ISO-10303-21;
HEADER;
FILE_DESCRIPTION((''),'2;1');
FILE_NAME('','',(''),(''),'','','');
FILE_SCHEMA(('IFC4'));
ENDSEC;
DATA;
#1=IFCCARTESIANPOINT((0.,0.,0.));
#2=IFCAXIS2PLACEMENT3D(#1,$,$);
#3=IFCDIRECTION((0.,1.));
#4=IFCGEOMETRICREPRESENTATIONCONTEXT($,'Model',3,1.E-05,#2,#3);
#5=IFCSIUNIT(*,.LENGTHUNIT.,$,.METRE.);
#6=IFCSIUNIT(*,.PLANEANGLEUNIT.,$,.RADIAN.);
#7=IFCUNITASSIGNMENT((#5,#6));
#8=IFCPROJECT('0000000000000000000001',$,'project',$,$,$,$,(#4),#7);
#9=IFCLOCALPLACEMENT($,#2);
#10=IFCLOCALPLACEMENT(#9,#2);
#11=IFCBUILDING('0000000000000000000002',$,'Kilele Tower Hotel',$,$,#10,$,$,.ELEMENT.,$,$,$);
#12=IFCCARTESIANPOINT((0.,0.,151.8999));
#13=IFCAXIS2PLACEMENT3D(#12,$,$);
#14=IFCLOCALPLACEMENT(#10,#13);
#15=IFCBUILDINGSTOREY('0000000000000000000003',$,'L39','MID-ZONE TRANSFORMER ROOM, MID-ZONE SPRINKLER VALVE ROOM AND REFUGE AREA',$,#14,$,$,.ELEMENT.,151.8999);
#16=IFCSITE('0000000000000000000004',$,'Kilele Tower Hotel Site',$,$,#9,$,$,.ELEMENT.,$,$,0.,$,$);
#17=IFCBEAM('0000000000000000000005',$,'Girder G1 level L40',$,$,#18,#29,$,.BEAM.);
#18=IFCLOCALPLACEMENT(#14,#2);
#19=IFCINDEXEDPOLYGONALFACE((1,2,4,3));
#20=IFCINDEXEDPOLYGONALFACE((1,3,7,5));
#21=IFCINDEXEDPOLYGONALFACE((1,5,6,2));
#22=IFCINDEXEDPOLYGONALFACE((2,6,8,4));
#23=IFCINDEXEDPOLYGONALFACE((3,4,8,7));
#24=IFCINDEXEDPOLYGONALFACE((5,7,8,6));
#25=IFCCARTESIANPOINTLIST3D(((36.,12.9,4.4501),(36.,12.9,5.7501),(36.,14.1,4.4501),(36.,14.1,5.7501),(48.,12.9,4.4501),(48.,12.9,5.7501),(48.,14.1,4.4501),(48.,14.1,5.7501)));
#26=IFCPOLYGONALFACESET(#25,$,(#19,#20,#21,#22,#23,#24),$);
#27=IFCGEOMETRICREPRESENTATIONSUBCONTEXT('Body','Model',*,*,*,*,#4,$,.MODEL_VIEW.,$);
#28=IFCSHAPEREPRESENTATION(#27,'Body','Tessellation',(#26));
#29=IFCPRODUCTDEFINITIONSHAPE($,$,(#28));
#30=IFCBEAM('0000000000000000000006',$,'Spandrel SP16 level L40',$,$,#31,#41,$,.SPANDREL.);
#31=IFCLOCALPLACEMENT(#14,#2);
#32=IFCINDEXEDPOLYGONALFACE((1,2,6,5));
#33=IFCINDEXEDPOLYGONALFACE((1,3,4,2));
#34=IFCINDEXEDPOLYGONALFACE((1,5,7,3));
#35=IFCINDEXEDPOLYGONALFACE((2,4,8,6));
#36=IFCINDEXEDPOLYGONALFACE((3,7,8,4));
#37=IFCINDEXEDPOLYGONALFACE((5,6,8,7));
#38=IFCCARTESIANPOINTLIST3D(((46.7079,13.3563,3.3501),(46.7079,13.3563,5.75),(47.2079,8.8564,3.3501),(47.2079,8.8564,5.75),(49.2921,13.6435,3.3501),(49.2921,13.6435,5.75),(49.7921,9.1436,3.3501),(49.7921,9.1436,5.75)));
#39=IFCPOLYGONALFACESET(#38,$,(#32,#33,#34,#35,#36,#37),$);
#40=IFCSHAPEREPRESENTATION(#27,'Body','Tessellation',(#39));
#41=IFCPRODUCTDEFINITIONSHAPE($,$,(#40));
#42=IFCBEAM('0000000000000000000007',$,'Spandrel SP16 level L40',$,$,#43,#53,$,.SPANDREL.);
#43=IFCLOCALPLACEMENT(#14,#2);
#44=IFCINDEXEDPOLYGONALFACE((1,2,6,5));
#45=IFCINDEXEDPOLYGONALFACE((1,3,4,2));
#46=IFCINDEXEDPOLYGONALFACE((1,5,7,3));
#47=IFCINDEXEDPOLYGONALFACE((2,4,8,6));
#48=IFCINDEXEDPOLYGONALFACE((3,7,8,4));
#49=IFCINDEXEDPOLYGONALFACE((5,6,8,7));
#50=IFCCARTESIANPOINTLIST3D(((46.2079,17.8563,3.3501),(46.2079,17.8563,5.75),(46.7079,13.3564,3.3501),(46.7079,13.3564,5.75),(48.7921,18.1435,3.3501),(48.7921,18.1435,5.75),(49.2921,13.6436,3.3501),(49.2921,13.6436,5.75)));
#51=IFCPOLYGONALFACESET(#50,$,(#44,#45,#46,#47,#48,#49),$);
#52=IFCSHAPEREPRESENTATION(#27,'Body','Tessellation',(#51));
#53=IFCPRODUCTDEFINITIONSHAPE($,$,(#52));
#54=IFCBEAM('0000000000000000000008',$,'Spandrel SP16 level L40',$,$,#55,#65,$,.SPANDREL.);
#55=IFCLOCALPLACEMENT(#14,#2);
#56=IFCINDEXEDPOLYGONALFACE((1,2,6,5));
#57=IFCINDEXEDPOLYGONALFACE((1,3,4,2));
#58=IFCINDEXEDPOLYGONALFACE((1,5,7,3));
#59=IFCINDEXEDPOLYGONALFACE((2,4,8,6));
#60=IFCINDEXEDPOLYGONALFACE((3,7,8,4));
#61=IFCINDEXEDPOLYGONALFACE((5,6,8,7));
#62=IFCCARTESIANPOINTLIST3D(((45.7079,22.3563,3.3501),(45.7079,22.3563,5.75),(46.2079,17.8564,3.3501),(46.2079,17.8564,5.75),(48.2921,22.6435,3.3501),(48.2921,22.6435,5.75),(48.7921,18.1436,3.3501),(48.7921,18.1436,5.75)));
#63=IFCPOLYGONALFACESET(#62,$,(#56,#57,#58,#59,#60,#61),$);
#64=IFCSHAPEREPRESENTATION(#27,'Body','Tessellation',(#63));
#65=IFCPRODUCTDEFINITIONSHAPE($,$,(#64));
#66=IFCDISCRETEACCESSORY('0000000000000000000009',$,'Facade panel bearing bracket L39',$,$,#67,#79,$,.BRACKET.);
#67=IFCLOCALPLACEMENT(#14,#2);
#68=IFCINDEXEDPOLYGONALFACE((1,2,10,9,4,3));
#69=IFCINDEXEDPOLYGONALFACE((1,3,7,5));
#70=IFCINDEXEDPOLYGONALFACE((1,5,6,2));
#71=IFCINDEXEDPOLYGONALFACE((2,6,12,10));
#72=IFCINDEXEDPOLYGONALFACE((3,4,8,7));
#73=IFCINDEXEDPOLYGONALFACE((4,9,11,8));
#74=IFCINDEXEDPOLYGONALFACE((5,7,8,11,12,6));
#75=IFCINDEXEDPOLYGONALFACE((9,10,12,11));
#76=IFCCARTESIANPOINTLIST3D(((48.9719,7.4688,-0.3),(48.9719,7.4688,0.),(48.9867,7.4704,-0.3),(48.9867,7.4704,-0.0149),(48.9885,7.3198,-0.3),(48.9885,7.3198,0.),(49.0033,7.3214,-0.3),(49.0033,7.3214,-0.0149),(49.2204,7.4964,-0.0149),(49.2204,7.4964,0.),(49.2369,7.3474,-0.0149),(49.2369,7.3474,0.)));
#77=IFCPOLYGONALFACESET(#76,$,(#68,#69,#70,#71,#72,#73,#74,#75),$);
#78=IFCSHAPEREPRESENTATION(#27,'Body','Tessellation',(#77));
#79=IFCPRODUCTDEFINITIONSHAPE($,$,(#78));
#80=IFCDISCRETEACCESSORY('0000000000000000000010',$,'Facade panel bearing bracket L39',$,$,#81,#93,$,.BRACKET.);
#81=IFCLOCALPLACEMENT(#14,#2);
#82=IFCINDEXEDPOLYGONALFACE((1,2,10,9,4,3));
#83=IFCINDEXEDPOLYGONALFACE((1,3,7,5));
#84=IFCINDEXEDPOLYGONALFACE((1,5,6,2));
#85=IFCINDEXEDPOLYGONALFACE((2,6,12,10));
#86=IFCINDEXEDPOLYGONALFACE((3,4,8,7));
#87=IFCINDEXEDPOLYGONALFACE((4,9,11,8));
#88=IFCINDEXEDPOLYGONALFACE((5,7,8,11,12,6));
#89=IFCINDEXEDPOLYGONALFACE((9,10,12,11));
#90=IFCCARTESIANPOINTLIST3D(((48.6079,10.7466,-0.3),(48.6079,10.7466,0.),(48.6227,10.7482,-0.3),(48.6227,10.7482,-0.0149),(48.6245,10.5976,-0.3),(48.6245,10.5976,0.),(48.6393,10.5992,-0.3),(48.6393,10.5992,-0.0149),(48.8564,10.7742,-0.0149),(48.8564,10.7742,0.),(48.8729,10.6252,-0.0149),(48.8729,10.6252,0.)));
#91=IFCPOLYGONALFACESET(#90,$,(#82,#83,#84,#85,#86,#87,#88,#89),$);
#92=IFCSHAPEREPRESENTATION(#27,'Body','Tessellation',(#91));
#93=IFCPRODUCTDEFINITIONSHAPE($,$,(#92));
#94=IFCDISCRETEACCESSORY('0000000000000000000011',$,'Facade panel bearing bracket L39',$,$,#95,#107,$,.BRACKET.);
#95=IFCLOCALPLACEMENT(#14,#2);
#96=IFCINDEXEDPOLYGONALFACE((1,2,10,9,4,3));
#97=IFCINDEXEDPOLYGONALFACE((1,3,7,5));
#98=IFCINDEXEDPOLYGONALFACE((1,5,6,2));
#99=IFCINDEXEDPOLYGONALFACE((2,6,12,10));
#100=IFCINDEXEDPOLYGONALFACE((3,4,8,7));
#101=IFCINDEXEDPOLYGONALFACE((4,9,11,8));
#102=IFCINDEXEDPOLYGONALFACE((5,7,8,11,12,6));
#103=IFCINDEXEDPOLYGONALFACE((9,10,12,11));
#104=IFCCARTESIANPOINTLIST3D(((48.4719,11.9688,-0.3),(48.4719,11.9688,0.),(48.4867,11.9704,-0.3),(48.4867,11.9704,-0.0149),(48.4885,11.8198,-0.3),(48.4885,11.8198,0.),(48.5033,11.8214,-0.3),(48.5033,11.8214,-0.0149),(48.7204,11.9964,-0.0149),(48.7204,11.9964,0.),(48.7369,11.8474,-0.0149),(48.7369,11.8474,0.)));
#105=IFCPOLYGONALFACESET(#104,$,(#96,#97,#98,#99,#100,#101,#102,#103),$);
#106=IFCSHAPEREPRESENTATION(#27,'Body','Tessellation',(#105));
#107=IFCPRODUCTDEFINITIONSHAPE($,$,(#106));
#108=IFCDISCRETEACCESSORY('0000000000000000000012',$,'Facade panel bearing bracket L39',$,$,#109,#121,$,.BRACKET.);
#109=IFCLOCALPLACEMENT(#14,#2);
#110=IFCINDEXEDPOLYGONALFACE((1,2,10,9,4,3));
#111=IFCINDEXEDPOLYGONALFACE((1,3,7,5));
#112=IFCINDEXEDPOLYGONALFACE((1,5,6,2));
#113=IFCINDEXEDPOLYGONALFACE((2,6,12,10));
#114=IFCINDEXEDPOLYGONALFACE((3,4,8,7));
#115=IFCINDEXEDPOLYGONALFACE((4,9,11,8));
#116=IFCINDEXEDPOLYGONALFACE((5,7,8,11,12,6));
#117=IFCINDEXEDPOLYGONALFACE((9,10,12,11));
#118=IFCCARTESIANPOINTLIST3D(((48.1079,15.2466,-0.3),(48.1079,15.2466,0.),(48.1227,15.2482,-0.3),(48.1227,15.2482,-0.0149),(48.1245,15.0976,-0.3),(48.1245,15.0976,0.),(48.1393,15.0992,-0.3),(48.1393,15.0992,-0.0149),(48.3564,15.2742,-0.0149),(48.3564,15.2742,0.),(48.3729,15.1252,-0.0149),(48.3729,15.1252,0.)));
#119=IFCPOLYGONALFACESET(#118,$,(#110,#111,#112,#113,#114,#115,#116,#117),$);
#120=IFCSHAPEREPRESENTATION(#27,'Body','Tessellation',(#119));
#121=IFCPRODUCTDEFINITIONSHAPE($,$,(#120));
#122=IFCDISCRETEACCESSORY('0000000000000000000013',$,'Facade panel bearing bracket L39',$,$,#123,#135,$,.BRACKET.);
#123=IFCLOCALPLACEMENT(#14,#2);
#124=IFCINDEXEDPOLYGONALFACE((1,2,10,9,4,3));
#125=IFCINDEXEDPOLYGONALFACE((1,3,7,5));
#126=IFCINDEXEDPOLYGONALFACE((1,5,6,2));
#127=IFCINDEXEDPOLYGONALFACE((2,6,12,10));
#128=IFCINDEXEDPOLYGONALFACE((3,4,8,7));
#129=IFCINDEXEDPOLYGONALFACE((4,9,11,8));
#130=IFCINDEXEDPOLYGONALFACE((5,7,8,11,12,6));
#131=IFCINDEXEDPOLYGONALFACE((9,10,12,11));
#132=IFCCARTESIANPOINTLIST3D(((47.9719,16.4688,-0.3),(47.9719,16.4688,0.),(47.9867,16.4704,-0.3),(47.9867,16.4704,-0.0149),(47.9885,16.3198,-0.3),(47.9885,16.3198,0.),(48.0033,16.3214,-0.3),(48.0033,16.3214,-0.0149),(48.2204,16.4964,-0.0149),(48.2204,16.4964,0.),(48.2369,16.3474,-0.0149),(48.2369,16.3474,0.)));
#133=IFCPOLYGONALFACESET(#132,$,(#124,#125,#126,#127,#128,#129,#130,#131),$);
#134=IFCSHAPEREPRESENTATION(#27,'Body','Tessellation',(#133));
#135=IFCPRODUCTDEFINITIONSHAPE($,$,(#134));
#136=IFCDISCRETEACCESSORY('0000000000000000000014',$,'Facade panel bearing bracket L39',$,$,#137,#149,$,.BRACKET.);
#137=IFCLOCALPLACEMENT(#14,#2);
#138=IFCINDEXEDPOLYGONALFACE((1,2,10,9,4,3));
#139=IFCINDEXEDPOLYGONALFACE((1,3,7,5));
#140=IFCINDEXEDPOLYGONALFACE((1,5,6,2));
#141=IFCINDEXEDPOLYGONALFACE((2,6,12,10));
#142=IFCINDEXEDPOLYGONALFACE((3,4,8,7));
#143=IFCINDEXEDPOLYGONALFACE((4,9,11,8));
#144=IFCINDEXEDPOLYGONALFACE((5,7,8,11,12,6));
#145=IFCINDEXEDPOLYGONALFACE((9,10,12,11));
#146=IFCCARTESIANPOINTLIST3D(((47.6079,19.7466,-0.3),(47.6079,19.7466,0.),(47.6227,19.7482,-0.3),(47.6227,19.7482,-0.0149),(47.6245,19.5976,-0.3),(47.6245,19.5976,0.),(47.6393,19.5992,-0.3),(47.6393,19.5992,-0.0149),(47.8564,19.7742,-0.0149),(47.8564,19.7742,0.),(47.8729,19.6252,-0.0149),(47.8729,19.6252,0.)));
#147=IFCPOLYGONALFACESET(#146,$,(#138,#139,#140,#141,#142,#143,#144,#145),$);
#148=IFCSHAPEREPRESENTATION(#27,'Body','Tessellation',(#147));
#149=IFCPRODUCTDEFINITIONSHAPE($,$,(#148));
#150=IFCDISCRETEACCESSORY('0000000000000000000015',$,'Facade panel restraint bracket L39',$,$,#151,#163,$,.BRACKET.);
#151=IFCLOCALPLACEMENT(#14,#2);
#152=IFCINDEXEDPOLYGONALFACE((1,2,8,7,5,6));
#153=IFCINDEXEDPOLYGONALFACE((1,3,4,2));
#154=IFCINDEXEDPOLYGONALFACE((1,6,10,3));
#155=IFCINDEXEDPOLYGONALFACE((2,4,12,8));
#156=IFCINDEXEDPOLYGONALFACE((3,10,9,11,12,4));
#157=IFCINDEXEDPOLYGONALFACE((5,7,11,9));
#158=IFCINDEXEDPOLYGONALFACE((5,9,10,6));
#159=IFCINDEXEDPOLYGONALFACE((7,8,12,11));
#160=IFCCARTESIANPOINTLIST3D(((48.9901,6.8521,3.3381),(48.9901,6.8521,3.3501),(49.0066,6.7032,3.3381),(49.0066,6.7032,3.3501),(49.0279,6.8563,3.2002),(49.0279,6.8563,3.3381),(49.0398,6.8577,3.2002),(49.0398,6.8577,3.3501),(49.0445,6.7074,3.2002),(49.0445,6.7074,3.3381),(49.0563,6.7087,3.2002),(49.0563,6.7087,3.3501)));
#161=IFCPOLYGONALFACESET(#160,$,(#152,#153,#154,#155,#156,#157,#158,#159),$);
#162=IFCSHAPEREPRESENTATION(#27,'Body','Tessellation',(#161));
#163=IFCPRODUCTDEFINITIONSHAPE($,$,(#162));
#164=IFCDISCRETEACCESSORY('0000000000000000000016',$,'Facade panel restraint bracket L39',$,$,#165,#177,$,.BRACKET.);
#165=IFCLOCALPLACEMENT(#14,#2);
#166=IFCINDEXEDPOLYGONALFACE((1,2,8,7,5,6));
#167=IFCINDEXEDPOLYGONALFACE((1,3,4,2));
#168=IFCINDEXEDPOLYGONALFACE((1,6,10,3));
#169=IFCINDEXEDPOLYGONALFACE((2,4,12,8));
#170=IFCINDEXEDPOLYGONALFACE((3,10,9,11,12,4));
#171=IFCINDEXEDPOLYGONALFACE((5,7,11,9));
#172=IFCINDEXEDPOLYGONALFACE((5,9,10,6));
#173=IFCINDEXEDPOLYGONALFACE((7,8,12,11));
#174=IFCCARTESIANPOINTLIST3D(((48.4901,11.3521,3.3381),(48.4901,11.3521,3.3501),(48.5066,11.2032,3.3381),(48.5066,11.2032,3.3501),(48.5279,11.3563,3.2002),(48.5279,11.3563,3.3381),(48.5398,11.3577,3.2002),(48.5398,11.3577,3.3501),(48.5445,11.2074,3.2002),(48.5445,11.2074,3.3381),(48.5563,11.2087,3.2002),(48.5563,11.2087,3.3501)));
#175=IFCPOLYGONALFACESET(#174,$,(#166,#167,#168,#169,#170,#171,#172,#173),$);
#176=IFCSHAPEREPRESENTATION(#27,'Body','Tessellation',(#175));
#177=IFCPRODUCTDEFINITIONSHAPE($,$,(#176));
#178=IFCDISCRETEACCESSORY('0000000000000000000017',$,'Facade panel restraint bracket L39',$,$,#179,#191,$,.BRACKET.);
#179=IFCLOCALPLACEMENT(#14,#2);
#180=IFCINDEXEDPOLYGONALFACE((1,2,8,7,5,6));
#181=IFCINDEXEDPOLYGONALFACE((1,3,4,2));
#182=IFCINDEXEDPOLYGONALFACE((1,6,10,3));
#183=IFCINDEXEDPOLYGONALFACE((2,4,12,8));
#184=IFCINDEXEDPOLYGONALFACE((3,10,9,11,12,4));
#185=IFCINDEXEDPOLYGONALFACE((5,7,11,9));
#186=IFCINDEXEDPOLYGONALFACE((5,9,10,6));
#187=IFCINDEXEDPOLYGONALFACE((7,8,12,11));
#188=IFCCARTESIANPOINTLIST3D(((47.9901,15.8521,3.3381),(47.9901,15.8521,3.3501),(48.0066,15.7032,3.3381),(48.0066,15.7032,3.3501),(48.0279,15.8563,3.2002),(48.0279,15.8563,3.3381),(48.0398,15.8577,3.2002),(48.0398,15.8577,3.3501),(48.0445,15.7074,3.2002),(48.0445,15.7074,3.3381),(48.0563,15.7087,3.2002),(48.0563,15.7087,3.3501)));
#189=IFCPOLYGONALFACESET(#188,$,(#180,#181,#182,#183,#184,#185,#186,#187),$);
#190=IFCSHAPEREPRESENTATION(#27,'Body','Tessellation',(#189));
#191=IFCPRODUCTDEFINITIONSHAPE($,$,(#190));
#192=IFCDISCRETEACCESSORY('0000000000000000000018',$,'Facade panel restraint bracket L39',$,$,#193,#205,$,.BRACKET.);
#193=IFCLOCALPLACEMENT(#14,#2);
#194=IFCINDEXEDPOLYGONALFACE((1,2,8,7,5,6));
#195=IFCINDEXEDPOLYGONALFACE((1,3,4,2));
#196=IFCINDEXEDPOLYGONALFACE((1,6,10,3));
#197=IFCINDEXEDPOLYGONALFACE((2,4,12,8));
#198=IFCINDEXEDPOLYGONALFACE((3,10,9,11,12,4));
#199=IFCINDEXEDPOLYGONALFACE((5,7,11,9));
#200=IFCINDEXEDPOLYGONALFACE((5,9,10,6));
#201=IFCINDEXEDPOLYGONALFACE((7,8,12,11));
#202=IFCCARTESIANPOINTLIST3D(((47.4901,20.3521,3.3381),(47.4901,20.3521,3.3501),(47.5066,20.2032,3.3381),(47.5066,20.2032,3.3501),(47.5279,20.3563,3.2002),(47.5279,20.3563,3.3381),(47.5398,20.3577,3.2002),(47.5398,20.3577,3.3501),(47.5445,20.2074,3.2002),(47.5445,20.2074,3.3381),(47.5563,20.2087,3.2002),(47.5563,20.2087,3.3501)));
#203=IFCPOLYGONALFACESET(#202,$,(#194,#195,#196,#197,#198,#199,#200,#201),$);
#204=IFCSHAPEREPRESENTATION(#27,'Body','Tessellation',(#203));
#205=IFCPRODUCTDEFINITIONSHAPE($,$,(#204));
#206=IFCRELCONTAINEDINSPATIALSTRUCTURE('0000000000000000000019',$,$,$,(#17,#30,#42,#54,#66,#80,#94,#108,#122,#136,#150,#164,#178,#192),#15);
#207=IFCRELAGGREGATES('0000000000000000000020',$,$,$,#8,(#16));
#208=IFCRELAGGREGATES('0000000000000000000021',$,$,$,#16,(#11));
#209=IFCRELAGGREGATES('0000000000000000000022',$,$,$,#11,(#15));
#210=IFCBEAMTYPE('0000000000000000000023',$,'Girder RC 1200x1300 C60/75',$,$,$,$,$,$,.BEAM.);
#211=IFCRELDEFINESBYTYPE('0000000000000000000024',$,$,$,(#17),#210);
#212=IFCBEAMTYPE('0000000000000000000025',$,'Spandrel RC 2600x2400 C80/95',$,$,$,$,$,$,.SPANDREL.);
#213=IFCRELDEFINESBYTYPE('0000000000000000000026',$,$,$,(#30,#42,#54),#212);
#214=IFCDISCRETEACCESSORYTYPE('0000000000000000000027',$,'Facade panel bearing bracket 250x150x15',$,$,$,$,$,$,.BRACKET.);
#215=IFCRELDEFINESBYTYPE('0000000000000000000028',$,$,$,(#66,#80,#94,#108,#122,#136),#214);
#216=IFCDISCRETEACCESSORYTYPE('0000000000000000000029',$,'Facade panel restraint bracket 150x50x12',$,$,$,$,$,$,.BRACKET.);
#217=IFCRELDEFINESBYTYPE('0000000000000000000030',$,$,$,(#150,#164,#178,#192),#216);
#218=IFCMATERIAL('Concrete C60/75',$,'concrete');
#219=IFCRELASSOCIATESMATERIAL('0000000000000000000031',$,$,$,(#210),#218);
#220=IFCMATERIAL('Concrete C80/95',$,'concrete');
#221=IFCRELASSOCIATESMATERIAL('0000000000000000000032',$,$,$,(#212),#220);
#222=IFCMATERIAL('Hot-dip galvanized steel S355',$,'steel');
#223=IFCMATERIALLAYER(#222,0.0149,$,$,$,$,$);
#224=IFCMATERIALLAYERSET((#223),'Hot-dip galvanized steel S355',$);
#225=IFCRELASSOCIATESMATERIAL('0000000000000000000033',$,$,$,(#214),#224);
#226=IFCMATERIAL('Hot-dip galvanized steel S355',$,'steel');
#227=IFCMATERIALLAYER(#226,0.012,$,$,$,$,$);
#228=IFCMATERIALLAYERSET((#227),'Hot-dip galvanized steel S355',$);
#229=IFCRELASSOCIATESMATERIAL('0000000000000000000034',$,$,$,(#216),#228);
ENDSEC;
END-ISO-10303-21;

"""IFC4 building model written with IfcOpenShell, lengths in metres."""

from ifc_helpers import new_model, si_unit, direction, frame, origin, origin_2d, place, context, subcontext, project, spatial, polyline, rectangle, outline, extrude, source, transform, mapped, material, layer, layer_set, material_profile, profile_set, type_object, element, save


model = new_model("IFC4")

# Units and contexts
model_context = context("Model", 3, precision=1e-05, world=origin(), true_north=direction((0.0, 1.0)))
body_context = subcontext(model_context, "Body", "Model", "MODEL_VIEW")
ifc_project = project(units=[si_unit("LENGTHUNIT", "METRE"), si_unit("PLANEANGLEUNIT", "RADIAN")], contexts=[model_context])

# Site, building, storey
site_placement = place(None, origin())
site = spatial("IfcSite", under=ifc_project, at=site_placement, Name="Kilele Tower Hotel Site", CompositionType="ELEMENT", RefElevation=0.0)
building_placement = place(site_placement, origin())
building = spatial("IfcBuilding", under=site, at=building_placement, Name="Kilele Tower Hotel", CompositionType="ELEMENT")
storey_placement = place(building_placement, frame((0.0, 0.0, 151.8999)))
storey = spatial("IfcBuildingStorey", under=building, at=storey_placement, Name="L39", Description="MID-ZONE TRANSFORMER ROOM, MID-ZONE SPRINKLER VALVE ROOM AND REFUGE AREA", CompositionType="ELEMENT", Elevation=151.8999)

# Beams
ifc_material_1 = material(Name="Concrete C60/75", Category="concrete")
ifc_material_profile_1 = material_profile(ifc_material_1, rectangle(XDim=1.2, YDim=1.3, at=origin_2d()))
ifc_profile_set_1 = profile_set([ifc_material_profile_1], Name="Concrete C60/75")
beam_type_1 = type_object("IfcBeamType", Name="Girder RC 1200x1300 C60/75", PredefinedType="BEAM", material=ifc_profile_set_1)
beam_1_placement = place(storey_placement, frame((48.0, 13.5, 5.1001), z_axis=(-1.0, 0.0, 0.0), x_axis=(0.0, -1.0, 0.0)))
element("IfcBeam", 1, at=beam_1_placement, inside=storey, type_object=beam_type_1, Name="Girder G1 level L40", PredefinedType="BEAM", context=body_context, shape_type="SweptSolid", body=[
    extrude(rectangle(XDim=1.2, YDim=1.3, at=origin_2d()), origin(), (0.0, 0.0, 1.0), 12.0),
])
ifc_material_2 = material(Name="Concrete C80/95", Category="concrete")
ifc_material_profile_2 = material_profile(ifc_material_2, rectangle(XDim=2.6001, YDim=2.3999, at=origin_2d()))
ifc_profile_set_2 = profile_set([ifc_material_profile_2], Name="Concrete C80/95")
beam_type_2 = type_object("IfcBeamType", Name="Spandrel RC 2600x2400 C80/95", PredefinedType="SPANDREL", material=ifc_profile_set_2)
for number, where, z_axis, x_axis, name in (
    (2, (48.5, 9.0, 4.55), (-0.110432, 0.993884, 0.0), (-0.993884, -0.110432, 0.0), "Spandrel SP16 level L40"),
    (3, (48.0, 13.5, 4.55), (-0.110432, 0.993884, 0.0), (-0.993884, -0.110432, 0.0), "Spandrel SP16 level L40"),
    (4, (47.5, 18.0, 4.55), (-0.110432, 0.993884, 0.0), (-0.993884, -0.110432, 0.0), "Spandrel SP16 level L40"),
):
    element("IfcBeam", number, at=place(storey_placement, frame(where, z_axis=z_axis, x_axis=x_axis)), inside=storey, type_object=beam_type_2, Name=name, PredefinedType="SPANDREL", context=body_context, shape_type="SweptSolid", body=[
        extrude(rectangle(XDim=2.6001, YDim=2.3999, at=origin_2d()), origin(), (0.0, 0.0, 1.0), 4.5276),
    ])

# Discrete accessories
ifc_material_3 = material(Name="Hot-dip galvanized steel S355", Category="steel")
ifc_layer_1 = layer(ifc_material_3, 0.0149)
ifc_layer_set_1 = layer_set([ifc_layer_1], Name="Hot-dip galvanized steel S355")
discrete_accessory_type_1 = type_object("IfcDiscreteAccessoryType", Name="Facade panel bearing bracket 250x150x15", PredefinedType="BRACKET", material=ifc_layer_set_1)
shared_shape_1 = source(origin(), body_context, "Body", "SweptSolid", [
    extrude(outline(polyline([(0.0, 0.0), (0.25, 0.0), (0.25, -0.0149), (0.0149, -0.0149), (0.0149, -0.3), (0.0, -0.3), (0.0, 0.0)])), origin(), (0.0, 0.0, 1.0), 0.1499),
])
for number, where, z_axis, x_axis, name in (
    (5, (48.9719, 7.4688, 0.0), (0.110432, -0.993884, 0.0), (0.993884, 0.110432, 0.0), "Facade panel bearing bracket L39"),
    (6, (48.6079, 10.7466, 0.0), (0.110432, -0.993884, 0.0), (0.993884, 0.110432, 0.0), "Facade panel bearing bracket L39"),
    (7, (48.4719, 11.9688, 0.0), (0.110432, -0.993884, 0.0), (0.993884, 0.110432, 0.0), "Facade panel bearing bracket L39"),
    (8, (48.1079, 15.2466, 0.0), (0.110432, -0.993884, 0.0), (0.993884, 0.110432, 0.0), "Facade panel bearing bracket L39"),
    (9, (47.9719, 16.4688, 0.0), (0.110432, -0.993884, 0.0), (0.993884, 0.110432, 0.0), "Facade panel bearing bracket L39"),
    (10, (47.6079, 19.7466, 0.0), (0.110432, -0.993884, 0.0), (0.993884, 0.110432, 0.0), "Facade panel bearing bracket L39"),
):
    element("IfcDiscreteAccessory", number, at=place(storey_placement, frame(where, z_axis=z_axis, x_axis=x_axis)), inside=storey, type_object=discrete_accessory_type_1, Name=name, PredefinedType="BRACKET", context=body_context, shape_type="MappedRepresentation", body=[
        mapped(shared_shape_1, transform((0.0, 0.0, 0.0))),
    ])
ifc_material_4 = material(Name="Hot-dip galvanized steel S355", Category="steel")
ifc_layer_2 = layer(ifc_material_4, 0.012)
ifc_layer_set_2 = layer_set([ifc_layer_2], Name="Hot-dip galvanized steel S355")
discrete_accessory_type_2 = type_object("IfcDiscreteAccessoryType", Name="Facade panel restraint bracket 150x50x12", PredefinedType="BRACKET", material=ifc_layer_set_2)
shared_shape_2 = source(origin(), body_context, "Body", "SweptSolid", [
    extrude(outline(polyline([(0.0, 0.0), (0.0, -0.1499), (-0.012, -0.1499), (-0.012, -0.012), (-0.05, -0.012), (-0.05, 0.0), (0.0, 0.0)])), origin(), (0.0, 0.0, 1.0), 0.1499),
])
for number, where, z_axis, x_axis, name in (
    (11, (49.0398, 6.8577, 3.3501), (0.110432, -0.993884, 0.0), (0.993884, 0.110432, 0.0), "Facade panel restraint bracket L39"),
    (12, (48.5398, 11.3577, 3.3501), (0.110432, -0.993884, 0.0), (0.993884, 0.110432, 0.0), "Facade panel restraint bracket L39"),
    (13, (48.0398, 15.8577, 3.3501), (0.110432, -0.993884, 0.0), (0.993884, 0.110432, 0.0), "Facade panel restraint bracket L39"),
    (14, (47.5398, 20.3577, 3.3501), (0.110432, -0.993884, 0.0), (0.993884, 0.110432, 0.0), "Facade panel restraint bracket L39"),
):
    element("IfcDiscreteAccessory", number, at=place(storey_placement, frame(where, z_axis=z_axis, x_axis=x_axis)), inside=storey, type_object=discrete_accessory_type_2, Name=name, PredefinedType="BRACKET", context=body_context, shape_type="MappedRepresentation", body=[
        mapped(shared_shape_2, transform((0.0, 0.0, 0.0))),
    ])

save(model, "model.ifc")
